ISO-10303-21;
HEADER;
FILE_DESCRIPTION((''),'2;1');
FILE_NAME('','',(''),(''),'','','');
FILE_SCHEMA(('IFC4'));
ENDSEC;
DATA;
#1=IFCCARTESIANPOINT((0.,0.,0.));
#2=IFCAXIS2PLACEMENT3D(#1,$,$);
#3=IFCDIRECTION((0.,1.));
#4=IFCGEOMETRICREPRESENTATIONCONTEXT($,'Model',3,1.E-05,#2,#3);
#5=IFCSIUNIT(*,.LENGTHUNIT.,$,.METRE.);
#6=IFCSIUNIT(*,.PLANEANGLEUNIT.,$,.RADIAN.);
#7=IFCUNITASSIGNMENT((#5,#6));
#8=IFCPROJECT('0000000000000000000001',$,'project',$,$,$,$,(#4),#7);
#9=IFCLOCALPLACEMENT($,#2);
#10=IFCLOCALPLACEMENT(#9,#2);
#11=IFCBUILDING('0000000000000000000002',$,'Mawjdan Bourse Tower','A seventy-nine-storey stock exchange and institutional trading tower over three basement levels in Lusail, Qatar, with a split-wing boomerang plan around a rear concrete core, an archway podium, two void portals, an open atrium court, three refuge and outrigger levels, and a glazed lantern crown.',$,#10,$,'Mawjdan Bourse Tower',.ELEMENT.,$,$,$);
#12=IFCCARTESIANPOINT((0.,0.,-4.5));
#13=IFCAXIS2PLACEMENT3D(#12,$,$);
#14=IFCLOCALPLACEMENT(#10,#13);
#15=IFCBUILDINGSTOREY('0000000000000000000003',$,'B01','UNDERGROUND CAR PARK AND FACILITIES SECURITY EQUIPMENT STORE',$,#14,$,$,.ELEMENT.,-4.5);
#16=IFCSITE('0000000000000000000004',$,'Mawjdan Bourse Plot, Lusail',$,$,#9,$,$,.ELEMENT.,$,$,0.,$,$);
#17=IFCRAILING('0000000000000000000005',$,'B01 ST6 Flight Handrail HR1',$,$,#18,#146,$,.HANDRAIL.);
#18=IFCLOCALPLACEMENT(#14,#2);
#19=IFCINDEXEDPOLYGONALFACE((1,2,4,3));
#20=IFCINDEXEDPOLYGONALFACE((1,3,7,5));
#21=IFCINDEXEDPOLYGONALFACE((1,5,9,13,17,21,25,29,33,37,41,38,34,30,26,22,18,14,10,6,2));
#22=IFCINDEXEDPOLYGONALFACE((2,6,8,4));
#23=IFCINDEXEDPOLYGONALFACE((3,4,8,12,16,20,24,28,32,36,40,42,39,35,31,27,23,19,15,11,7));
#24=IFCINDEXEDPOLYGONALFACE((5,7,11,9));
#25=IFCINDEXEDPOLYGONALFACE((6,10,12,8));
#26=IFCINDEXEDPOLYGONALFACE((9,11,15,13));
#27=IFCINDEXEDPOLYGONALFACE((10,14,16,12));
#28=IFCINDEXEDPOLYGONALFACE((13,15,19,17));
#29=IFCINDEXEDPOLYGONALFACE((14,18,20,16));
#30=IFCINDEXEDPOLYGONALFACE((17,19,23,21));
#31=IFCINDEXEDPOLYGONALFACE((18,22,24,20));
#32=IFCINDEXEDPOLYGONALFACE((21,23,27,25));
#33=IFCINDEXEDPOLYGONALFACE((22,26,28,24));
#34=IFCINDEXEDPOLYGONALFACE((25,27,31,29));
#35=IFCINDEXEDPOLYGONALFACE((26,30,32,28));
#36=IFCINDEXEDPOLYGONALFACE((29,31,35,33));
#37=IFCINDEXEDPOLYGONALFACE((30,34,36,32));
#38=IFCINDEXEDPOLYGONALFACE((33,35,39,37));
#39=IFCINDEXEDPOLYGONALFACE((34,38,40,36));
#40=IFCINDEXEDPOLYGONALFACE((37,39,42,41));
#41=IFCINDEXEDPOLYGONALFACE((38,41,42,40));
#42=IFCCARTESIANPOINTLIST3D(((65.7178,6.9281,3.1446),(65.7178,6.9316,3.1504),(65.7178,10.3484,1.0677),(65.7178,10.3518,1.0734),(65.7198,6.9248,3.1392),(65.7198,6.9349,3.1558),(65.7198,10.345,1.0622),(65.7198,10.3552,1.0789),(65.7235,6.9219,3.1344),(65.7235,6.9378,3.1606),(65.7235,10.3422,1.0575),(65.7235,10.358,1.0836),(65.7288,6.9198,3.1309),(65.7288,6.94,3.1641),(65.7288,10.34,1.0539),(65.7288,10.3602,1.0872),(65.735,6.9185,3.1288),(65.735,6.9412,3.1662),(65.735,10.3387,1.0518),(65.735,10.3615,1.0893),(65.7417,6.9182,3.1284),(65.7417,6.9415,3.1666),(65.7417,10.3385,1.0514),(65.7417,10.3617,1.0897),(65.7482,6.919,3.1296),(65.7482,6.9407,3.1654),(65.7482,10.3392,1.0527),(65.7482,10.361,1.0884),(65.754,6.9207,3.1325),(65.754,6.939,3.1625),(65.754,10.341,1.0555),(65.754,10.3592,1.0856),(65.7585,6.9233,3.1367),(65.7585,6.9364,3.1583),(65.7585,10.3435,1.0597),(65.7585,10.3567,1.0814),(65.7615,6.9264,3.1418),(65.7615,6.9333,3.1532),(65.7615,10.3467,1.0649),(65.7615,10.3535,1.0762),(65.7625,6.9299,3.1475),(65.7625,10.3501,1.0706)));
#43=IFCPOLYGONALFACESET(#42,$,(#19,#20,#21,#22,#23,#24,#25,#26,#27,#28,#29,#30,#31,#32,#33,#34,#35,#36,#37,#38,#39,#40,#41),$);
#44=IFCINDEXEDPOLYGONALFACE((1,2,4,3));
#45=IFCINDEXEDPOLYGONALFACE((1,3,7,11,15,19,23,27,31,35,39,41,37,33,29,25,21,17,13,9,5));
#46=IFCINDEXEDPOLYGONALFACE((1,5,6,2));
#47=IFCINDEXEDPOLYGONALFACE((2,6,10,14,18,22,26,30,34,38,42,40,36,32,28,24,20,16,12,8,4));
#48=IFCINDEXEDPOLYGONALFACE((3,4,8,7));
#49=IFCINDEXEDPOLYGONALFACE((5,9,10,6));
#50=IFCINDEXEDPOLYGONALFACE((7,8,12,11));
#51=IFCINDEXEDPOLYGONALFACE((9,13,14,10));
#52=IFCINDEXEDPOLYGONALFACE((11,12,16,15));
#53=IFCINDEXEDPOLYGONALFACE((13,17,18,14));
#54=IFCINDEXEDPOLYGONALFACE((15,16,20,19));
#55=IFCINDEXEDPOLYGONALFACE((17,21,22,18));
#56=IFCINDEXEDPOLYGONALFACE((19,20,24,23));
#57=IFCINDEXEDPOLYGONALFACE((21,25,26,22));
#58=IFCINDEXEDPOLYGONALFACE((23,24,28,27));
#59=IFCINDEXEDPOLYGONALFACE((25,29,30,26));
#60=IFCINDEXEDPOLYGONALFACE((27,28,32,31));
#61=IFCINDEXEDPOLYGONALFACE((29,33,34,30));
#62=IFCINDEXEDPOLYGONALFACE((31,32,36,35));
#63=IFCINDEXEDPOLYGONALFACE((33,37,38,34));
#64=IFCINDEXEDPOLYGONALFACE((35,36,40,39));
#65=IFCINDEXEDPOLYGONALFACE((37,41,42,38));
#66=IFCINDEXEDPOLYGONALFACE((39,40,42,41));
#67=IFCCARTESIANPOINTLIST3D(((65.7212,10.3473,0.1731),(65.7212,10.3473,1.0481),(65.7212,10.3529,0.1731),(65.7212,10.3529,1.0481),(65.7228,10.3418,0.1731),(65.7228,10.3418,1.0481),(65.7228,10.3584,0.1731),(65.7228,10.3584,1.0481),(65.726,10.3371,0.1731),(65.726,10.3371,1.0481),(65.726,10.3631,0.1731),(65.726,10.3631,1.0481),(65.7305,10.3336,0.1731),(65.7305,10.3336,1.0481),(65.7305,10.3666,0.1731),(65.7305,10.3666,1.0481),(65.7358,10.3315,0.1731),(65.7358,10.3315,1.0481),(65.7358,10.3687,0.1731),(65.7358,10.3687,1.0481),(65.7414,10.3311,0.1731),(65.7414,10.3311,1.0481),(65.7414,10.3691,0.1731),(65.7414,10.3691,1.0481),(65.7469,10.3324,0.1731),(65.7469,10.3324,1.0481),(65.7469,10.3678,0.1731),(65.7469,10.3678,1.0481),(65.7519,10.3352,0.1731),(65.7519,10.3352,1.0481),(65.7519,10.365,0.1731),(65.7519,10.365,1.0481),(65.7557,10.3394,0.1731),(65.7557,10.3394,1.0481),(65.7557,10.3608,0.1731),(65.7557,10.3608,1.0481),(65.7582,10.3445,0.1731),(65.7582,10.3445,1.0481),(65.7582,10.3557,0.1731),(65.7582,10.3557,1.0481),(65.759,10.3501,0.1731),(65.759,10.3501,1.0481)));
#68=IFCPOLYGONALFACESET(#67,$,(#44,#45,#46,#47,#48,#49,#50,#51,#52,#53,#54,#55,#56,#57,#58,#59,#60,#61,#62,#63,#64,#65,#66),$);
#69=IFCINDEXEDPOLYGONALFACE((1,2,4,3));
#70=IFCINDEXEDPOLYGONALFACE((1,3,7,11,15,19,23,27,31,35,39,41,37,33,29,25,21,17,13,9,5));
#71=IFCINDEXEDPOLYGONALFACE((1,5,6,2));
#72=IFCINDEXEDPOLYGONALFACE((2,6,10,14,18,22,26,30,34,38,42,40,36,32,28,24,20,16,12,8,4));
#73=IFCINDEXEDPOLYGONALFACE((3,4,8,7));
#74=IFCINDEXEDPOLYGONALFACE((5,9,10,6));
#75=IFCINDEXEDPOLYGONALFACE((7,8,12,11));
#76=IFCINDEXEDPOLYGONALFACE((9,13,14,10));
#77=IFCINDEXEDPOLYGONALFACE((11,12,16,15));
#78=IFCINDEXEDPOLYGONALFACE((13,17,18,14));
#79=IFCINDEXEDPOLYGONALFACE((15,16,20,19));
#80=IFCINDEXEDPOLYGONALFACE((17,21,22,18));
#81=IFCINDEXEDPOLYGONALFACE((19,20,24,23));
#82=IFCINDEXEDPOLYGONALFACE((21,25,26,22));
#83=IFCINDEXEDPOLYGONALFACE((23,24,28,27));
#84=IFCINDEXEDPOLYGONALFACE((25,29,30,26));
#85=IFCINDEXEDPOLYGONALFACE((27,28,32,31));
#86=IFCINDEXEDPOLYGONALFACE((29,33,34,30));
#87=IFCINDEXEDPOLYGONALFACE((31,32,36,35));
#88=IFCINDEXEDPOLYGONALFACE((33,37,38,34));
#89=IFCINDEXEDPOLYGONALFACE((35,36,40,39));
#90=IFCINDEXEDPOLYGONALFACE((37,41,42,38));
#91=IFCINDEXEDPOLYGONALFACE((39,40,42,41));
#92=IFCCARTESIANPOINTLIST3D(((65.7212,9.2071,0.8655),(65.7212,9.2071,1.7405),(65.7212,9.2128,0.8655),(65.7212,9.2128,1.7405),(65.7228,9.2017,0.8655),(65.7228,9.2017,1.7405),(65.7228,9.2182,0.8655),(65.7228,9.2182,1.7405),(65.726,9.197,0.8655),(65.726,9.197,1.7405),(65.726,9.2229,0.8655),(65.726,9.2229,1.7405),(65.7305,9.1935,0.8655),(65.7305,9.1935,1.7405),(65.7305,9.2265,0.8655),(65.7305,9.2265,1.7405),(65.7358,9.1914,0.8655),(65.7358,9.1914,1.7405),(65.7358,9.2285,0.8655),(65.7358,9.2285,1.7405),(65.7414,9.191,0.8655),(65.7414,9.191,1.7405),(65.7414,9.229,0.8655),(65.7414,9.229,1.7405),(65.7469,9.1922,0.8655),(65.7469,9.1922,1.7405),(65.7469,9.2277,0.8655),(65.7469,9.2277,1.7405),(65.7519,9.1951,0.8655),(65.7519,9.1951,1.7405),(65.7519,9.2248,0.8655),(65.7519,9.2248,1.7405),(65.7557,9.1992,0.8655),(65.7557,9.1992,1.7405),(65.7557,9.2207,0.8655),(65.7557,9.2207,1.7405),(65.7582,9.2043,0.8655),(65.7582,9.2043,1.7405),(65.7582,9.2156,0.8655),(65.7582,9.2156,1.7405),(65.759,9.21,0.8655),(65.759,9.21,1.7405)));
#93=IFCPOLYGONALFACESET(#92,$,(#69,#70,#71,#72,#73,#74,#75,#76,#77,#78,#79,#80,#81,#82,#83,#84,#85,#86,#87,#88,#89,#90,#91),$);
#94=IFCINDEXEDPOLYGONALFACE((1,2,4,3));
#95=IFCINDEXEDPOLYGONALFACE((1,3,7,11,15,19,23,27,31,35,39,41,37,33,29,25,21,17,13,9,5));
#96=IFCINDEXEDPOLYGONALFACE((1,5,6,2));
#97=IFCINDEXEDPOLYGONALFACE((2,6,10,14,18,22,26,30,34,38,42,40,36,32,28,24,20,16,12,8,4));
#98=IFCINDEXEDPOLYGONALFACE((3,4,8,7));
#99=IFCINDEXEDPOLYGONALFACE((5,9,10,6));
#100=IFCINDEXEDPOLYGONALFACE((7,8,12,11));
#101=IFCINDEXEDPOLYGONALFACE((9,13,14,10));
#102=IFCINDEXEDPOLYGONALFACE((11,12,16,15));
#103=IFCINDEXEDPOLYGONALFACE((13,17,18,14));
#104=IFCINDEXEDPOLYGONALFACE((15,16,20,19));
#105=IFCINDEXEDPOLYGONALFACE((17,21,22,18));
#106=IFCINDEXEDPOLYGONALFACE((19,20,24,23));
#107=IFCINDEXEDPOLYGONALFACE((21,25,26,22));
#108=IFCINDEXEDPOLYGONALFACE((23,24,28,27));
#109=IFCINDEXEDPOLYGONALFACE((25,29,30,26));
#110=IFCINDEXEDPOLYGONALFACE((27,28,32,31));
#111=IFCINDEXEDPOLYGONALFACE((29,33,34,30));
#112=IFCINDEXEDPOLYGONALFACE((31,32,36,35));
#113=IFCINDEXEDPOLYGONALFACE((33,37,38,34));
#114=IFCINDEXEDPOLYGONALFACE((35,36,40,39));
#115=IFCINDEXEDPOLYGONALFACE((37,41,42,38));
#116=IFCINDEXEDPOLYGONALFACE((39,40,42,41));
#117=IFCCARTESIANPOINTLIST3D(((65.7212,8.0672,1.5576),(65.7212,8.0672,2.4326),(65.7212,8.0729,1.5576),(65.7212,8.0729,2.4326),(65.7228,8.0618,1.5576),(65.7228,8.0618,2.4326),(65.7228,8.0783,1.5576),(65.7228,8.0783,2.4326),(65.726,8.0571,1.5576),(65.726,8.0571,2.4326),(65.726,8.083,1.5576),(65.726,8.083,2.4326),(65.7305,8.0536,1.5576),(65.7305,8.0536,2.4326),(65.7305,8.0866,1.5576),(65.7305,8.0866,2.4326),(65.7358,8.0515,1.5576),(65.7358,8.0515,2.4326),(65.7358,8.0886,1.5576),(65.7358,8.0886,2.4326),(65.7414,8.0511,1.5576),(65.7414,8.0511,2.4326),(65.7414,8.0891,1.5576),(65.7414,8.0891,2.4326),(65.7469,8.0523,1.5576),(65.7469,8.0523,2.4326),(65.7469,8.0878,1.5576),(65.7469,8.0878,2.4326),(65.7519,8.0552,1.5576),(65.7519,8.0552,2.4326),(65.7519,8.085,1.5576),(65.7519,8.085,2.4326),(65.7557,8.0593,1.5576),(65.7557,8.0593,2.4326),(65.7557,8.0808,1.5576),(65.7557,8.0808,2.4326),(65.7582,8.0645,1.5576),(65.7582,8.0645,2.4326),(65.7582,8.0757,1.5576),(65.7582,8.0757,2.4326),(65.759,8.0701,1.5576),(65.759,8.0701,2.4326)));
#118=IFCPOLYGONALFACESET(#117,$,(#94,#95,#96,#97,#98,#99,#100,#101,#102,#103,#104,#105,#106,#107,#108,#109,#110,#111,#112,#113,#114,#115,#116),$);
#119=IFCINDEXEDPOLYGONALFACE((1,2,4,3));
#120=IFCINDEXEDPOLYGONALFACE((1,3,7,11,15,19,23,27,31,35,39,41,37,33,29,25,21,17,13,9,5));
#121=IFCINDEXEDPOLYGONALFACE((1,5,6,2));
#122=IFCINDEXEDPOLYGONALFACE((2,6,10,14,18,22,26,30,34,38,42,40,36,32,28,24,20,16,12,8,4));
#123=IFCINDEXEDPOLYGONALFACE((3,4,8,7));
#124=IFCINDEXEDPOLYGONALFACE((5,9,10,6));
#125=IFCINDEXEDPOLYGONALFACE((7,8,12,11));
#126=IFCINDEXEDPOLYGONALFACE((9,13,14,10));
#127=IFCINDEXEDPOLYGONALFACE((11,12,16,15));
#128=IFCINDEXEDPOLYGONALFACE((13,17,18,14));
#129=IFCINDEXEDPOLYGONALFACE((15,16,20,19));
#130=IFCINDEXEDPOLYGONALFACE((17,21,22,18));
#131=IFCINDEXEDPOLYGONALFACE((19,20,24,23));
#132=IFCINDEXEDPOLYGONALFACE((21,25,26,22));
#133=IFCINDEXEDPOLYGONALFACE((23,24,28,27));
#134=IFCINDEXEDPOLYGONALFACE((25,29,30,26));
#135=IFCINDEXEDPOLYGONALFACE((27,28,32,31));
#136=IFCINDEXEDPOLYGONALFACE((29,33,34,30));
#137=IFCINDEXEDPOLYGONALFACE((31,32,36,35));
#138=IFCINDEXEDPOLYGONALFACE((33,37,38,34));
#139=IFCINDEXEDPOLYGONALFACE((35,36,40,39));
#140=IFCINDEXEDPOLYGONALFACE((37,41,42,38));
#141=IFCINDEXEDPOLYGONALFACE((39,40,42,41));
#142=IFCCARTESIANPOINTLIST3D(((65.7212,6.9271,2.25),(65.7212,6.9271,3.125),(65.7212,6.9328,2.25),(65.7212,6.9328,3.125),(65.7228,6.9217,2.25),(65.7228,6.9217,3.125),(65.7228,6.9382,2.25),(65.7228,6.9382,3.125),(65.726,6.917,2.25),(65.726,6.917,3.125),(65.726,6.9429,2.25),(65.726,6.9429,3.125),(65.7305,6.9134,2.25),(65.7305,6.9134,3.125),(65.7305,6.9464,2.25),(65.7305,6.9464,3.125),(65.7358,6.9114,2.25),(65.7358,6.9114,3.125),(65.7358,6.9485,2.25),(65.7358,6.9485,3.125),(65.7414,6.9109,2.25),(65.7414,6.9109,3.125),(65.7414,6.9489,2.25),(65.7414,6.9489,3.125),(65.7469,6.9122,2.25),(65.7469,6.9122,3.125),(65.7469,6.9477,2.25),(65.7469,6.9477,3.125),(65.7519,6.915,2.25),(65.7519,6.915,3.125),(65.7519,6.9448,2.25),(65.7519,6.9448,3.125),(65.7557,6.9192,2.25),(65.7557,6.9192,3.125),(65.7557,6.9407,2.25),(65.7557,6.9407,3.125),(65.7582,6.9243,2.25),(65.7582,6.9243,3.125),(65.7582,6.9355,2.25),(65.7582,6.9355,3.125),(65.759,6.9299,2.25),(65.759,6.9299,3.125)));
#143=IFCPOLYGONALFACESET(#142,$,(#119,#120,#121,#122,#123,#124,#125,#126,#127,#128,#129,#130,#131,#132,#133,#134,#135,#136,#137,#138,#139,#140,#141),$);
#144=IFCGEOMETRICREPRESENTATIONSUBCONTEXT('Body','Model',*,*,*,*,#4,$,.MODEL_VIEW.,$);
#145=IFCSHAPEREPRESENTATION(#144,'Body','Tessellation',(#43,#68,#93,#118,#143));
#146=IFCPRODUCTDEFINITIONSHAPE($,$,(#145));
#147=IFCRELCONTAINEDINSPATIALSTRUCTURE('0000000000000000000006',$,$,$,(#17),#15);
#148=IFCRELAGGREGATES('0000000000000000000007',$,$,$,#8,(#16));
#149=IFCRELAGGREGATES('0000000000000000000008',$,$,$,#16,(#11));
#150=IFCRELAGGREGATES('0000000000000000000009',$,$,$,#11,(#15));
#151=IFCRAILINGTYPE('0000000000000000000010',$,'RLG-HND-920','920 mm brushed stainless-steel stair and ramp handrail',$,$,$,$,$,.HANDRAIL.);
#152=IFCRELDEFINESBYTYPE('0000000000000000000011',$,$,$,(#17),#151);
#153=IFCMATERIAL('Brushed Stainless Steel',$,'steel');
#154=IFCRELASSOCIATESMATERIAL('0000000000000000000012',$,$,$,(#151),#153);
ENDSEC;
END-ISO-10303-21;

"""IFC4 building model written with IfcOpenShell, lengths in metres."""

from ifc_helpers import new_model, si_unit, direction, frame, origin, origin_2d, place, context, subcontext, project, spatial, circle, extrude, material, type_object, element, save


model = new_model("IFC4")

# Units and contexts
model_context = context("Model", 3, precision=1e-05, world=origin(), true_north=direction((0.0, 1.0)))
body_context = subcontext(model_context, "Body", "Model", "MODEL_VIEW")
ifc_project = project(units=[si_unit("LENGTHUNIT", "METRE"), si_unit("PLANEANGLEUNIT", "RADIAN")], contexts=[model_context])

# Site, building, storey
site_placement = place(None, origin())
site = spatial("IfcSite", under=ifc_project, at=site_placement, Name="Mawjdan Bourse Plot, Lusail", CompositionType="ELEMENT", RefElevation=0.0)
building_placement = place(site_placement, origin())
building = spatial("IfcBuilding", under=site, at=building_placement, Name="Mawjdan Bourse Tower", Description="A seventy-nine-storey stock exchange and institutional trading tower over three basement levels in Lusail, Qatar, with a split-wing boomerang plan around a rear concrete core, an archway podium, two void portals, an open atrium court, three refuge and outrigger levels, and a glazed lantern crown.", LongName="Mawjdan Bourse Tower", CompositionType="ELEMENT")
storey_placement = place(building_placement, frame((0.0, 0.0, -4.5)))
storey = spatial("IfcBuildingStorey", under=building, at=storey_placement, Name="B01", Description="UNDERGROUND CAR PARK AND FACILITIES SECURITY EQUIPMENT STORE", CompositionType="ELEMENT", Elevation=-4.5)

# Railing
ifc_material_1 = material(Name="Brushed Stainless Steel", Category="steel")
railing_type_1 = type_object("IfcRailingType", Name="RLG-HND-920", Description="920 mm brushed stainless-steel stair and ramp handrail", PredefinedType="HANDRAIL", material=ifc_material_1)
railing_1_placement = place(storey_placement, frame((65.74, 10.3501, 0.1731)))
element("IfcRailing", 1, at=railing_1_placement, inside=storey, type_object=railing_type_1, Name="B01 ST6 Flight Handrail HR1", PredefinedType="HANDRAIL", context=body_context, shape_type="SweptSolid", body=[
    extrude(circle(Radius=0.0225, at=origin_2d()), frame((0.0, 0.0, 0.8975), z_axis=(0.0, -0.854746, 0.519047), x_axis=(1.0, 0.0, 0.0)), (0.0, 0.0, 1.0), 4.0015),
    extrude(circle(Radius=0.019, at=origin_2d()), origin(), (0.0, 0.0, 1.0), 0.875),
    extrude(circle(Radius=0.019, at=origin_2d()), frame((0.0, -1.1401, 0.6924)), (0.0, 0.0, 1.0), 0.875),
    extrude(circle(Radius=0.019, at=origin_2d()), frame((0.0, -2.28, 1.3845)), (0.0, 0.0, 1.0), 0.875),
    extrude(circle(Radius=0.019, at=origin_2d()), frame((0.0, -3.4202, 2.0769)), (0.0, 0.0, 1.0), 0.875),
])

save(model, "model.ifc")
